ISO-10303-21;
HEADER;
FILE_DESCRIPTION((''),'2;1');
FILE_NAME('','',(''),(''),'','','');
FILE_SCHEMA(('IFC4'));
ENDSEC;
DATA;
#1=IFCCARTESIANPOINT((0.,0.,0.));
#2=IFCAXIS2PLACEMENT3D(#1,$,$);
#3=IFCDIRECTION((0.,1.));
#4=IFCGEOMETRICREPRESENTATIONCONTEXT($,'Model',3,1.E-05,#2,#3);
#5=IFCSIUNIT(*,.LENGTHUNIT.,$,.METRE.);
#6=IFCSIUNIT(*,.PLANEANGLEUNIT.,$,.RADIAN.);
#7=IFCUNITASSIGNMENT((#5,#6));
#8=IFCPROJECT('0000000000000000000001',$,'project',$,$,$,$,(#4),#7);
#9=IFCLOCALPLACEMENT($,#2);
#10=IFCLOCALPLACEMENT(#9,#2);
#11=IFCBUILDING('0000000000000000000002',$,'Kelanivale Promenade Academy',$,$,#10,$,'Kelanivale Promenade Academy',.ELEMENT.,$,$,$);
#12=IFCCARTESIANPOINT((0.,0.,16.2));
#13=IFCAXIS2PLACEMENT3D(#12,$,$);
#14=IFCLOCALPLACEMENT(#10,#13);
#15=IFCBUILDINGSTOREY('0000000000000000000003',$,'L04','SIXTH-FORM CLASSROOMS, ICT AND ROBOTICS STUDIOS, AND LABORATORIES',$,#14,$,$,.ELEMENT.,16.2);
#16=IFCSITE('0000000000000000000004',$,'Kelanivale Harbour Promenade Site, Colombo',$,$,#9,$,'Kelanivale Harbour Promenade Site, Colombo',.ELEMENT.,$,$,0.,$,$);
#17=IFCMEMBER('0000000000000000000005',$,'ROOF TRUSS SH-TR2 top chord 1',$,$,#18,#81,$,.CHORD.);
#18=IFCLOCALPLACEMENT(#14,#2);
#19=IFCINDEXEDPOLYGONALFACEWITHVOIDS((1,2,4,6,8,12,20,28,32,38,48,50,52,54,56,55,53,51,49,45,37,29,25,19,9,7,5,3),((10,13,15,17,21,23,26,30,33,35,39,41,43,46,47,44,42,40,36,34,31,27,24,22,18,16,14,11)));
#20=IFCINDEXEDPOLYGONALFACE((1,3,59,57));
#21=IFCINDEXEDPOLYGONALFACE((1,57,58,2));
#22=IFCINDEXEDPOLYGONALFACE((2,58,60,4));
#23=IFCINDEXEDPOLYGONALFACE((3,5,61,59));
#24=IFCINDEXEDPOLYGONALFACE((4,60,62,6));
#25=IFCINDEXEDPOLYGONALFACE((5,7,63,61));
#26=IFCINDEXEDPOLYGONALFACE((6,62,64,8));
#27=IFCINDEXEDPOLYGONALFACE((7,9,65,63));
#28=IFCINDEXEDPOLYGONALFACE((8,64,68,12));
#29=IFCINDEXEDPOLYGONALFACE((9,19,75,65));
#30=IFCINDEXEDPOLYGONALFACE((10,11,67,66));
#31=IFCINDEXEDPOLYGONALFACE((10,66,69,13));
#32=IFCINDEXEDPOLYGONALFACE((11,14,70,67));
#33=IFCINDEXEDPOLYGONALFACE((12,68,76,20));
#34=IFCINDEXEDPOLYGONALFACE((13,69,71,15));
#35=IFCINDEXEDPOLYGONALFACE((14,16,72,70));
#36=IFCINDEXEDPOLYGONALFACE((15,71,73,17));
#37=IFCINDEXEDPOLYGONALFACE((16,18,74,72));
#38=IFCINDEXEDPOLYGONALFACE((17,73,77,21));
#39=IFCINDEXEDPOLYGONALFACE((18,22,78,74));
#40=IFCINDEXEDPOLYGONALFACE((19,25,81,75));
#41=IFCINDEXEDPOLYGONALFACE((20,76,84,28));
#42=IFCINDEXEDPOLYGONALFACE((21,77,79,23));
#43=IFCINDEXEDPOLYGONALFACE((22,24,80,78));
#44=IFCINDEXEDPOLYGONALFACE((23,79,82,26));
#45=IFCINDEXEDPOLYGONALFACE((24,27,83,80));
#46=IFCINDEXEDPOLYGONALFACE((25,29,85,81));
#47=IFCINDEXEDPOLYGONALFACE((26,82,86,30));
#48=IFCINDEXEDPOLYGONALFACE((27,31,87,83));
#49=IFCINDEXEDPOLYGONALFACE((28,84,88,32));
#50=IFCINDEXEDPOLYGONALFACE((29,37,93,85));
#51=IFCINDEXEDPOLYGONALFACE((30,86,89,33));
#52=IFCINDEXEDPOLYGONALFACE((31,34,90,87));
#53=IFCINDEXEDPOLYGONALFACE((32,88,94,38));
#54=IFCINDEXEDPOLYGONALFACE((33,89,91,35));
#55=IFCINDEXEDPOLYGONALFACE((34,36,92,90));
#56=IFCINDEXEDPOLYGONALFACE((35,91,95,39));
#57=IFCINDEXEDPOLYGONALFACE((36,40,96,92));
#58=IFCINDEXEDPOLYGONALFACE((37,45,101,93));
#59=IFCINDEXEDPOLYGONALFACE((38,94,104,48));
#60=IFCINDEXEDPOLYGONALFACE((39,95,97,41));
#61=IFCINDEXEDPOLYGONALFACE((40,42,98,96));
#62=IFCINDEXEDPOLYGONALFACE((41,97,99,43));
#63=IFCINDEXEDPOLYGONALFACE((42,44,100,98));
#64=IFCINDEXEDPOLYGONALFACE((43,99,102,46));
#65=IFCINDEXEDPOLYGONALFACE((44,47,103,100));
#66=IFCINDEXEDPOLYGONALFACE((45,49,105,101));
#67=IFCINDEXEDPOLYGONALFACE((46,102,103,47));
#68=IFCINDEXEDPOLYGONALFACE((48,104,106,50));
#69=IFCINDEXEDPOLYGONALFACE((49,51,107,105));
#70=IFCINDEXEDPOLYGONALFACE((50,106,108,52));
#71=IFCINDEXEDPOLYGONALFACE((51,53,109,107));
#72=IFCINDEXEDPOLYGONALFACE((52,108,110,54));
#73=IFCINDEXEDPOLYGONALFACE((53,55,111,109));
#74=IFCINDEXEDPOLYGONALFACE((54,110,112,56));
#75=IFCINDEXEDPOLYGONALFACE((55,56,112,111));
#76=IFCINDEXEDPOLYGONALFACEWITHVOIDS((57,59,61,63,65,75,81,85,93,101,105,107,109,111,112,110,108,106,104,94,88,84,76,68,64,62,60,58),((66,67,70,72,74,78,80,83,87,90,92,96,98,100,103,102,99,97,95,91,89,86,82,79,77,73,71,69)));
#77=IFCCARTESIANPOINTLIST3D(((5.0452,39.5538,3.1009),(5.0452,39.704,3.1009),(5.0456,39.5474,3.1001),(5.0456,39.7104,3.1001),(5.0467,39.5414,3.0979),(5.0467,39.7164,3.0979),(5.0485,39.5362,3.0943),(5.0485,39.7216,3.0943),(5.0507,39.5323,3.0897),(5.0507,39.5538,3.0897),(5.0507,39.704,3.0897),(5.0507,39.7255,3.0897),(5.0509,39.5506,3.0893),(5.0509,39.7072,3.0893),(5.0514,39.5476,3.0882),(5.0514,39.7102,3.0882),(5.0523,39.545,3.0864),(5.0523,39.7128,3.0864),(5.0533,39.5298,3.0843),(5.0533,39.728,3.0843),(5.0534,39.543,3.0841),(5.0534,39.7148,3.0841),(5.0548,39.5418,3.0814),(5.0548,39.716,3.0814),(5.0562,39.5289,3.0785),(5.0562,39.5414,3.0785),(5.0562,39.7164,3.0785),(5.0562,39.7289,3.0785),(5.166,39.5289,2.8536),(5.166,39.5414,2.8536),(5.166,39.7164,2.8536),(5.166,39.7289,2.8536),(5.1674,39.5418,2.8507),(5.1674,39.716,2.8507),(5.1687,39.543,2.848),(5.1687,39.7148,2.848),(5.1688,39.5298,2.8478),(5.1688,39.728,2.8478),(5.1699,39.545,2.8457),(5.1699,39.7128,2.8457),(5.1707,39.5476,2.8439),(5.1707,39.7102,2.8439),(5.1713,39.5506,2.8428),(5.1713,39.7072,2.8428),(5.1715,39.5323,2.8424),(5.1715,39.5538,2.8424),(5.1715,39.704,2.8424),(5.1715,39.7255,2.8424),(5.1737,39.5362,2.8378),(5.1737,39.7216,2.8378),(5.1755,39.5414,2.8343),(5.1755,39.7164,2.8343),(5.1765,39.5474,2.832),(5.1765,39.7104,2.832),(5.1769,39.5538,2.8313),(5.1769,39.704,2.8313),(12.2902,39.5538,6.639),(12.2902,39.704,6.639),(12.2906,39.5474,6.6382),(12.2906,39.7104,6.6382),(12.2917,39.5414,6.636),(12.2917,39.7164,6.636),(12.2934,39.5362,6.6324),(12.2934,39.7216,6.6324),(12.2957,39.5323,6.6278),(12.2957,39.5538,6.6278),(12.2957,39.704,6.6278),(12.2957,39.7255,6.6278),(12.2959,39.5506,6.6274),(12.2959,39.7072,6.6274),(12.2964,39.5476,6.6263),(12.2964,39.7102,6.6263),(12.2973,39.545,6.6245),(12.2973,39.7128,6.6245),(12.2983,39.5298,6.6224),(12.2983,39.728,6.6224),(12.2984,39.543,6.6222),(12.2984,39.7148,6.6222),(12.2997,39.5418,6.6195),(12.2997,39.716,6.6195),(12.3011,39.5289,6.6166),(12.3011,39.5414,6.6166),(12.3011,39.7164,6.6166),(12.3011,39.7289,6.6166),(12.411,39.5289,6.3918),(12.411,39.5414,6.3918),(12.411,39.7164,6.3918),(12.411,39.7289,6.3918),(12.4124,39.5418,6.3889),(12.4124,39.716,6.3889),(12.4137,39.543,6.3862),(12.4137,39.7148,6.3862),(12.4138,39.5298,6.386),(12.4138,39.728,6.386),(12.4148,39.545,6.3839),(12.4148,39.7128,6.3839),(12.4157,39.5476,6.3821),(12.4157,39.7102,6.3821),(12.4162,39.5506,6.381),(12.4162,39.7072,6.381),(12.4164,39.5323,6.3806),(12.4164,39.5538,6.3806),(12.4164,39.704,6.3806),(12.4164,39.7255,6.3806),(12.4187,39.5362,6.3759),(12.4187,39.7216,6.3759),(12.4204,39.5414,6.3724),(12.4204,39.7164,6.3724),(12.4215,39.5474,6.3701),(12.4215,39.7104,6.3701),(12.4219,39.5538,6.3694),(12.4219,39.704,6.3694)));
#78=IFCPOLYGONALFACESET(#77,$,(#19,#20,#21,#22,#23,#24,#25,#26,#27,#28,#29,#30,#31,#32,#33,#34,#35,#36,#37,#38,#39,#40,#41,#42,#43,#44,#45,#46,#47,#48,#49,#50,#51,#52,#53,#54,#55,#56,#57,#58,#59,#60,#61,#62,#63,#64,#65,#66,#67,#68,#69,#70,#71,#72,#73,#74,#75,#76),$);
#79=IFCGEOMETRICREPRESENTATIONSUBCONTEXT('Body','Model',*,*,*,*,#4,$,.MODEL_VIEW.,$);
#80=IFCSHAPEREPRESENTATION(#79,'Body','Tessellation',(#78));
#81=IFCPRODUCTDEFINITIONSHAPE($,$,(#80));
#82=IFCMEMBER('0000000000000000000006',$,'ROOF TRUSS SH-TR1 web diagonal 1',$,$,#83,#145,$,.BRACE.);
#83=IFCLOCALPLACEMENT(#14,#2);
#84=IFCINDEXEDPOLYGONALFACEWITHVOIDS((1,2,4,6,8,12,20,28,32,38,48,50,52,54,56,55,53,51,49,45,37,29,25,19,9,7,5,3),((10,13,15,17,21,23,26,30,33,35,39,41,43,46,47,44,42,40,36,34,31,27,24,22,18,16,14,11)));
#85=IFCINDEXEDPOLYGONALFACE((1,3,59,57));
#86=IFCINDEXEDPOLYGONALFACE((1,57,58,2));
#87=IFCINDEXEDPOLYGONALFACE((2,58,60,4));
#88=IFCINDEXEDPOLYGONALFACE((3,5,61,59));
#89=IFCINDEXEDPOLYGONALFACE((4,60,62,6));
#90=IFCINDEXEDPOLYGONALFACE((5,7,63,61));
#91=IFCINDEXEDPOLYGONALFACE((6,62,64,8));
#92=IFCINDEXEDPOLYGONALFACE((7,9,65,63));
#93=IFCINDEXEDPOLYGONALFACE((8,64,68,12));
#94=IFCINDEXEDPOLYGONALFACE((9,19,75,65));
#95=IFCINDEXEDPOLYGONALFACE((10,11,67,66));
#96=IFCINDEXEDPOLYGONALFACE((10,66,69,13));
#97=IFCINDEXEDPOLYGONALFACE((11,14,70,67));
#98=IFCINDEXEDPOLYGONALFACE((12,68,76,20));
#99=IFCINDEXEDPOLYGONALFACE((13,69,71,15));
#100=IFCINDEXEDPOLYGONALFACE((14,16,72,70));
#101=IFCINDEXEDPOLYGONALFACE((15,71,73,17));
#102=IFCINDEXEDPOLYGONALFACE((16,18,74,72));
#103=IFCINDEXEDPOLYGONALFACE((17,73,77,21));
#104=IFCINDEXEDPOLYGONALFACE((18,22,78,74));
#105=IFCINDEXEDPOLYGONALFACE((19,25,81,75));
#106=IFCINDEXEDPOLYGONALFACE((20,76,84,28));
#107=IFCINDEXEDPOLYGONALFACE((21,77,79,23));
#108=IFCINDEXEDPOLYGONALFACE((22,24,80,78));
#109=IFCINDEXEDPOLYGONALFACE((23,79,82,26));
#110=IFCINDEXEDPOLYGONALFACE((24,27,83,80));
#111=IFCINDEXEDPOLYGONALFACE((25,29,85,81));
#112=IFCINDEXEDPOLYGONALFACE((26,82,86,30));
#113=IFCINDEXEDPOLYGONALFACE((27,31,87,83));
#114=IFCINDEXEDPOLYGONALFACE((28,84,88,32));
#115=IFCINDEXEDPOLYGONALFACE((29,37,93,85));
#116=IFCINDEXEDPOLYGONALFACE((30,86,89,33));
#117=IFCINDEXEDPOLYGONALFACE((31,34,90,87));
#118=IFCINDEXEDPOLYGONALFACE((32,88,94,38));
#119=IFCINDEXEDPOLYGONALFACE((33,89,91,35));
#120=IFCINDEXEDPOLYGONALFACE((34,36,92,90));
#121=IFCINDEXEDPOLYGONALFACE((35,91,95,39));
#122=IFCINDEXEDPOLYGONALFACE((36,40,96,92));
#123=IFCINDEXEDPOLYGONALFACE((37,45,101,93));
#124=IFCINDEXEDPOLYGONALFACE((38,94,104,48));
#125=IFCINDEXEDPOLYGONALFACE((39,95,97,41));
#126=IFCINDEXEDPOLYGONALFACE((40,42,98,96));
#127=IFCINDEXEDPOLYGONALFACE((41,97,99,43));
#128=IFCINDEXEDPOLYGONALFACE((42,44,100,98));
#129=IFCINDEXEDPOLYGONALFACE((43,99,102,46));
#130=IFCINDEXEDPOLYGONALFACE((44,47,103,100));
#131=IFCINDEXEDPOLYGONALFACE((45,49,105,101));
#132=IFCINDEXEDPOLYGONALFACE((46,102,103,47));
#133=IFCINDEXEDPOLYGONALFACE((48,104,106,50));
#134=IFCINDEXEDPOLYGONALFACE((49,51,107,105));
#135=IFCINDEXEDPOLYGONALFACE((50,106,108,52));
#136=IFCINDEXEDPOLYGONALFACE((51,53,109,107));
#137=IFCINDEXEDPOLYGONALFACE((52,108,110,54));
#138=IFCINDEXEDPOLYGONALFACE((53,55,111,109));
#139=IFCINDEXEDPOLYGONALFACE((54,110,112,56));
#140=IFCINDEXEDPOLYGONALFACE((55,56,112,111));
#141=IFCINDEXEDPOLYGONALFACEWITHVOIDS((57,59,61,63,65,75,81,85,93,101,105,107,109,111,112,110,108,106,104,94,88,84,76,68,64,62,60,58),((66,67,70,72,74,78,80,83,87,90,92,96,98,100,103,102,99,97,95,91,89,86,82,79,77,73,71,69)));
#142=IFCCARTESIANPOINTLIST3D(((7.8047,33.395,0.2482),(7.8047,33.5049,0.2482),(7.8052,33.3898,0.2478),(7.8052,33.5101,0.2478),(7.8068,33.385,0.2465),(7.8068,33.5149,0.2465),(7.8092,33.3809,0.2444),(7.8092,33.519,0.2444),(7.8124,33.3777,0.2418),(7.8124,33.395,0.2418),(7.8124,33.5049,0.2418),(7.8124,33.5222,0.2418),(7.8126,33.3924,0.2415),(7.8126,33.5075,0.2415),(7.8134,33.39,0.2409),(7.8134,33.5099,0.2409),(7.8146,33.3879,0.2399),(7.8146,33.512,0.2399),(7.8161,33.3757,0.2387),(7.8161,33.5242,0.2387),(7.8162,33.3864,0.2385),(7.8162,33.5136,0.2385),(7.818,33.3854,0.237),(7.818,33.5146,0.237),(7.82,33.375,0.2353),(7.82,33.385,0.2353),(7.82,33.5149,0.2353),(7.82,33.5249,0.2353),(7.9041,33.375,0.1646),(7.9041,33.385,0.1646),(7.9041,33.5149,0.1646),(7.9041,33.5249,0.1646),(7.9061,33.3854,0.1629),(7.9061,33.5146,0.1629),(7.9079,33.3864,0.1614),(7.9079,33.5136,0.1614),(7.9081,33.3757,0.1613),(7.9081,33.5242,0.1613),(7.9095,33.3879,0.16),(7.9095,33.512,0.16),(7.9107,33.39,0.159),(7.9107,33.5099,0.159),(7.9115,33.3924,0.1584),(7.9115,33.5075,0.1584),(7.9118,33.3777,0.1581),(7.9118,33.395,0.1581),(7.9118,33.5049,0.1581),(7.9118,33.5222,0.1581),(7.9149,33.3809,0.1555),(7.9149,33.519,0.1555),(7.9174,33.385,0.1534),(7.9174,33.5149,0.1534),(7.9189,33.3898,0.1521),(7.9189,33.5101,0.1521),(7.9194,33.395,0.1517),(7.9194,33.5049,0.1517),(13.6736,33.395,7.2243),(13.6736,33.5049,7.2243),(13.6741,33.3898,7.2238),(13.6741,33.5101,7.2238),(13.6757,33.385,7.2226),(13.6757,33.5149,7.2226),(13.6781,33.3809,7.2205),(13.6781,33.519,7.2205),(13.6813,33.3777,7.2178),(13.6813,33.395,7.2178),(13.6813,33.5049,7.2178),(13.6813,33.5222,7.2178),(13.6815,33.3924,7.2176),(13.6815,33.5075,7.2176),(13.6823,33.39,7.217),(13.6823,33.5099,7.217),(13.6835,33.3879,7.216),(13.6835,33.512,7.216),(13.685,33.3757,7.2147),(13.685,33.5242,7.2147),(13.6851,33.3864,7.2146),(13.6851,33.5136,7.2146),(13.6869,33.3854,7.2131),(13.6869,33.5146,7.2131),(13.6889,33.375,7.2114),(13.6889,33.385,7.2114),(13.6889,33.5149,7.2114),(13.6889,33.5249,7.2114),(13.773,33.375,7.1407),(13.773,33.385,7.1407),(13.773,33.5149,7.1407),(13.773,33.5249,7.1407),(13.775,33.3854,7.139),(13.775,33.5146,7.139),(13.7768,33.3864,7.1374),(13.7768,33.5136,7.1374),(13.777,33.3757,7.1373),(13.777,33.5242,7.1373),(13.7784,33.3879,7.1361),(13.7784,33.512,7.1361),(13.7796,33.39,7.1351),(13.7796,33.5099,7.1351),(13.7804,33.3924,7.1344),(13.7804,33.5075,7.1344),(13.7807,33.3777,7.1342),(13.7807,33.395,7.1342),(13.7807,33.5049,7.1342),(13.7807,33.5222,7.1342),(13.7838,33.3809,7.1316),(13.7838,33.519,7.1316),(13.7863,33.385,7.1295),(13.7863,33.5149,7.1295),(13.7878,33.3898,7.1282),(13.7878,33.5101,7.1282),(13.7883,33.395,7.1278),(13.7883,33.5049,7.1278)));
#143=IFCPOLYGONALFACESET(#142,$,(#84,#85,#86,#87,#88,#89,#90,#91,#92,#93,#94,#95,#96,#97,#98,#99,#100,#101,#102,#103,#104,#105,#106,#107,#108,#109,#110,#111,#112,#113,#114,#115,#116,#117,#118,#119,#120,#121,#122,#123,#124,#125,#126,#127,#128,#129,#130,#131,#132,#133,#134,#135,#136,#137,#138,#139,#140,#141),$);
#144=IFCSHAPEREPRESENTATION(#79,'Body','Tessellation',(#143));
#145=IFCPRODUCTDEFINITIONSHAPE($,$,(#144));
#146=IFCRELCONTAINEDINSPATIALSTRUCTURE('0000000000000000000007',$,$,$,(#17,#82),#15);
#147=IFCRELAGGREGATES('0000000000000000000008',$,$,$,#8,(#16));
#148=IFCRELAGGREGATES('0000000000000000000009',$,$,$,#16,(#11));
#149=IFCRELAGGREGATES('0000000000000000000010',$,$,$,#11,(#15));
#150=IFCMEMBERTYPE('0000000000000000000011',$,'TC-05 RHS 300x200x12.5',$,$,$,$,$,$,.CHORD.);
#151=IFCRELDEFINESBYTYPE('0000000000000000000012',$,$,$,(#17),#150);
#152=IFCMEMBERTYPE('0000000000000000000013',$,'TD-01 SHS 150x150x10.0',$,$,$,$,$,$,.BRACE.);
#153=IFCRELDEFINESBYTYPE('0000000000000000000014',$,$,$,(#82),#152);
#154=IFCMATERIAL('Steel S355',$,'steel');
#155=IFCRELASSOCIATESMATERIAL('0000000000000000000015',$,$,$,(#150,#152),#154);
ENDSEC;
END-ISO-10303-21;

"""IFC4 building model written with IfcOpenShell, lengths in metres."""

from ifc_helpers import new_model, si_unit, direction, frame, origin, origin_2d, place, context, subcontext, project, spatial, hollow_rectangle, extrude, material, material_profile, profile_set, type_object, element, save


model = new_model("IFC4")

# Units and contexts
model_context = context("Model", 3, precision=1e-05, world=origin(), true_north=direction((0.0, 1.0)))
body_context = subcontext(model_context, "Body", "Model", "MODEL_VIEW")
ifc_project = project(units=[si_unit("LENGTHUNIT", "METRE"), si_unit("PLANEANGLEUNIT", "RADIAN")], contexts=[model_context])

# Site, building, storey
site_placement = place(None, origin())
site = spatial("IfcSite", under=ifc_project, at=site_placement, Name="Kelanivale Harbour Promenade Site, Colombo", LongName="Kelanivale Harbour Promenade Site, Colombo", CompositionType="ELEMENT", RefElevation=0.0)
building_placement = place(site_placement, origin())
building = spatial("IfcBuilding", under=site, at=building_placement, Name="Kelanivale Promenade Academy", LongName="Kelanivale Promenade Academy", CompositionType="ELEMENT")
storey_placement = place(building_placement, frame((0.0, 0.0, 16.2)))
storey = spatial("IfcBuildingStorey", under=building, at=storey_placement, Name="L04", Description="SIXTH-FORM CLASSROOMS, ICT AND ROBOTICS STUDIOS, AND LABORATORIES", CompositionType="ELEMENT", Elevation=16.2)

# Shared definitions
ifc_material_1 = material(Name="Steel S355", Category="steel")

# Members
ifc_material_profile_1 = material_profile(ifc_material_1, hollow_rectangle(XDim=0.2, YDim=0.3, WallThickness=0.0125, InnerFilletRadius=0.0125, OuterFilletRadius=0.0249, at=origin_2d()), Name="RHS 300x200x12.5")
ifc_profile_set_1 = profile_set([ifc_material_profile_1], Name="Steel S355")
member_type_1 = type_object("IfcMemberType", Name="TC-05 RHS 300x200x12.5", PredefinedType="CHORD", material=ifc_profile_set_1)
member_1_placement = place(storey_placement, frame((5.1111, 39.6289, 2.9661), z_axis=(0.898573, 0.0, 0.438824), x_axis=(0.0, 1.0, 0.0)))
element("IfcMember", 1, at=member_1_placement, inside=storey, type_object=member_type_1, Name="ROOF TRUSS SH-TR2 top chord 1", PredefinedType="CHORD", context=body_context, shape_type="SweptSolid", body=[
    extrude(hollow_rectangle(XDim=0.2, YDim=0.3, WallThickness=0.0125, InnerFilletRadius=0.0125, OuterFilletRadius=0.0249, at=origin_2d()), origin(), (0.0, 0.0, 1.0), 8.0627),
])
ifc_material_profile_2 = material_profile(ifc_material_1, hollow_rectangle(XDim=0.1499, YDim=0.1499, WallThickness=0.01, InnerFilletRadius=0.01, OuterFilletRadius=0.02, at=origin_2d()), Name="SHS 150x150x10.0")
ifc_profile_set_2 = profile_set([ifc_material_profile_2], Name="Steel S355")
member_type_2 = type_object("IfcMemberType", Name="TD-01 SHS 150x150x10.0", PredefinedType="BRACE", material=ifc_profile_set_2)
member_2_placement = place(storey_placement, frame((7.8621, 33.45, 0.2), z_axis=(0.64377, 0.0, 0.765219), x_axis=(0.0, 1.0, 0.0)))
element("IfcMember", 2, at=member_2_placement, inside=storey, type_object=member_type_2, Name="ROOF TRUSS SH-TR1 web diagonal 1", PredefinedType="BRACE", context=body_context, shape_type="SweptSolid", body=[
    extrude(hollow_rectangle(XDim=0.1499, YDim=0.1499, WallThickness=0.01, InnerFilletRadius=0.01, OuterFilletRadius=0.02, at=origin_2d()), origin(), (0.0, 0.0, 1.0), 9.1165),
])

save(model, "model.ifc")
